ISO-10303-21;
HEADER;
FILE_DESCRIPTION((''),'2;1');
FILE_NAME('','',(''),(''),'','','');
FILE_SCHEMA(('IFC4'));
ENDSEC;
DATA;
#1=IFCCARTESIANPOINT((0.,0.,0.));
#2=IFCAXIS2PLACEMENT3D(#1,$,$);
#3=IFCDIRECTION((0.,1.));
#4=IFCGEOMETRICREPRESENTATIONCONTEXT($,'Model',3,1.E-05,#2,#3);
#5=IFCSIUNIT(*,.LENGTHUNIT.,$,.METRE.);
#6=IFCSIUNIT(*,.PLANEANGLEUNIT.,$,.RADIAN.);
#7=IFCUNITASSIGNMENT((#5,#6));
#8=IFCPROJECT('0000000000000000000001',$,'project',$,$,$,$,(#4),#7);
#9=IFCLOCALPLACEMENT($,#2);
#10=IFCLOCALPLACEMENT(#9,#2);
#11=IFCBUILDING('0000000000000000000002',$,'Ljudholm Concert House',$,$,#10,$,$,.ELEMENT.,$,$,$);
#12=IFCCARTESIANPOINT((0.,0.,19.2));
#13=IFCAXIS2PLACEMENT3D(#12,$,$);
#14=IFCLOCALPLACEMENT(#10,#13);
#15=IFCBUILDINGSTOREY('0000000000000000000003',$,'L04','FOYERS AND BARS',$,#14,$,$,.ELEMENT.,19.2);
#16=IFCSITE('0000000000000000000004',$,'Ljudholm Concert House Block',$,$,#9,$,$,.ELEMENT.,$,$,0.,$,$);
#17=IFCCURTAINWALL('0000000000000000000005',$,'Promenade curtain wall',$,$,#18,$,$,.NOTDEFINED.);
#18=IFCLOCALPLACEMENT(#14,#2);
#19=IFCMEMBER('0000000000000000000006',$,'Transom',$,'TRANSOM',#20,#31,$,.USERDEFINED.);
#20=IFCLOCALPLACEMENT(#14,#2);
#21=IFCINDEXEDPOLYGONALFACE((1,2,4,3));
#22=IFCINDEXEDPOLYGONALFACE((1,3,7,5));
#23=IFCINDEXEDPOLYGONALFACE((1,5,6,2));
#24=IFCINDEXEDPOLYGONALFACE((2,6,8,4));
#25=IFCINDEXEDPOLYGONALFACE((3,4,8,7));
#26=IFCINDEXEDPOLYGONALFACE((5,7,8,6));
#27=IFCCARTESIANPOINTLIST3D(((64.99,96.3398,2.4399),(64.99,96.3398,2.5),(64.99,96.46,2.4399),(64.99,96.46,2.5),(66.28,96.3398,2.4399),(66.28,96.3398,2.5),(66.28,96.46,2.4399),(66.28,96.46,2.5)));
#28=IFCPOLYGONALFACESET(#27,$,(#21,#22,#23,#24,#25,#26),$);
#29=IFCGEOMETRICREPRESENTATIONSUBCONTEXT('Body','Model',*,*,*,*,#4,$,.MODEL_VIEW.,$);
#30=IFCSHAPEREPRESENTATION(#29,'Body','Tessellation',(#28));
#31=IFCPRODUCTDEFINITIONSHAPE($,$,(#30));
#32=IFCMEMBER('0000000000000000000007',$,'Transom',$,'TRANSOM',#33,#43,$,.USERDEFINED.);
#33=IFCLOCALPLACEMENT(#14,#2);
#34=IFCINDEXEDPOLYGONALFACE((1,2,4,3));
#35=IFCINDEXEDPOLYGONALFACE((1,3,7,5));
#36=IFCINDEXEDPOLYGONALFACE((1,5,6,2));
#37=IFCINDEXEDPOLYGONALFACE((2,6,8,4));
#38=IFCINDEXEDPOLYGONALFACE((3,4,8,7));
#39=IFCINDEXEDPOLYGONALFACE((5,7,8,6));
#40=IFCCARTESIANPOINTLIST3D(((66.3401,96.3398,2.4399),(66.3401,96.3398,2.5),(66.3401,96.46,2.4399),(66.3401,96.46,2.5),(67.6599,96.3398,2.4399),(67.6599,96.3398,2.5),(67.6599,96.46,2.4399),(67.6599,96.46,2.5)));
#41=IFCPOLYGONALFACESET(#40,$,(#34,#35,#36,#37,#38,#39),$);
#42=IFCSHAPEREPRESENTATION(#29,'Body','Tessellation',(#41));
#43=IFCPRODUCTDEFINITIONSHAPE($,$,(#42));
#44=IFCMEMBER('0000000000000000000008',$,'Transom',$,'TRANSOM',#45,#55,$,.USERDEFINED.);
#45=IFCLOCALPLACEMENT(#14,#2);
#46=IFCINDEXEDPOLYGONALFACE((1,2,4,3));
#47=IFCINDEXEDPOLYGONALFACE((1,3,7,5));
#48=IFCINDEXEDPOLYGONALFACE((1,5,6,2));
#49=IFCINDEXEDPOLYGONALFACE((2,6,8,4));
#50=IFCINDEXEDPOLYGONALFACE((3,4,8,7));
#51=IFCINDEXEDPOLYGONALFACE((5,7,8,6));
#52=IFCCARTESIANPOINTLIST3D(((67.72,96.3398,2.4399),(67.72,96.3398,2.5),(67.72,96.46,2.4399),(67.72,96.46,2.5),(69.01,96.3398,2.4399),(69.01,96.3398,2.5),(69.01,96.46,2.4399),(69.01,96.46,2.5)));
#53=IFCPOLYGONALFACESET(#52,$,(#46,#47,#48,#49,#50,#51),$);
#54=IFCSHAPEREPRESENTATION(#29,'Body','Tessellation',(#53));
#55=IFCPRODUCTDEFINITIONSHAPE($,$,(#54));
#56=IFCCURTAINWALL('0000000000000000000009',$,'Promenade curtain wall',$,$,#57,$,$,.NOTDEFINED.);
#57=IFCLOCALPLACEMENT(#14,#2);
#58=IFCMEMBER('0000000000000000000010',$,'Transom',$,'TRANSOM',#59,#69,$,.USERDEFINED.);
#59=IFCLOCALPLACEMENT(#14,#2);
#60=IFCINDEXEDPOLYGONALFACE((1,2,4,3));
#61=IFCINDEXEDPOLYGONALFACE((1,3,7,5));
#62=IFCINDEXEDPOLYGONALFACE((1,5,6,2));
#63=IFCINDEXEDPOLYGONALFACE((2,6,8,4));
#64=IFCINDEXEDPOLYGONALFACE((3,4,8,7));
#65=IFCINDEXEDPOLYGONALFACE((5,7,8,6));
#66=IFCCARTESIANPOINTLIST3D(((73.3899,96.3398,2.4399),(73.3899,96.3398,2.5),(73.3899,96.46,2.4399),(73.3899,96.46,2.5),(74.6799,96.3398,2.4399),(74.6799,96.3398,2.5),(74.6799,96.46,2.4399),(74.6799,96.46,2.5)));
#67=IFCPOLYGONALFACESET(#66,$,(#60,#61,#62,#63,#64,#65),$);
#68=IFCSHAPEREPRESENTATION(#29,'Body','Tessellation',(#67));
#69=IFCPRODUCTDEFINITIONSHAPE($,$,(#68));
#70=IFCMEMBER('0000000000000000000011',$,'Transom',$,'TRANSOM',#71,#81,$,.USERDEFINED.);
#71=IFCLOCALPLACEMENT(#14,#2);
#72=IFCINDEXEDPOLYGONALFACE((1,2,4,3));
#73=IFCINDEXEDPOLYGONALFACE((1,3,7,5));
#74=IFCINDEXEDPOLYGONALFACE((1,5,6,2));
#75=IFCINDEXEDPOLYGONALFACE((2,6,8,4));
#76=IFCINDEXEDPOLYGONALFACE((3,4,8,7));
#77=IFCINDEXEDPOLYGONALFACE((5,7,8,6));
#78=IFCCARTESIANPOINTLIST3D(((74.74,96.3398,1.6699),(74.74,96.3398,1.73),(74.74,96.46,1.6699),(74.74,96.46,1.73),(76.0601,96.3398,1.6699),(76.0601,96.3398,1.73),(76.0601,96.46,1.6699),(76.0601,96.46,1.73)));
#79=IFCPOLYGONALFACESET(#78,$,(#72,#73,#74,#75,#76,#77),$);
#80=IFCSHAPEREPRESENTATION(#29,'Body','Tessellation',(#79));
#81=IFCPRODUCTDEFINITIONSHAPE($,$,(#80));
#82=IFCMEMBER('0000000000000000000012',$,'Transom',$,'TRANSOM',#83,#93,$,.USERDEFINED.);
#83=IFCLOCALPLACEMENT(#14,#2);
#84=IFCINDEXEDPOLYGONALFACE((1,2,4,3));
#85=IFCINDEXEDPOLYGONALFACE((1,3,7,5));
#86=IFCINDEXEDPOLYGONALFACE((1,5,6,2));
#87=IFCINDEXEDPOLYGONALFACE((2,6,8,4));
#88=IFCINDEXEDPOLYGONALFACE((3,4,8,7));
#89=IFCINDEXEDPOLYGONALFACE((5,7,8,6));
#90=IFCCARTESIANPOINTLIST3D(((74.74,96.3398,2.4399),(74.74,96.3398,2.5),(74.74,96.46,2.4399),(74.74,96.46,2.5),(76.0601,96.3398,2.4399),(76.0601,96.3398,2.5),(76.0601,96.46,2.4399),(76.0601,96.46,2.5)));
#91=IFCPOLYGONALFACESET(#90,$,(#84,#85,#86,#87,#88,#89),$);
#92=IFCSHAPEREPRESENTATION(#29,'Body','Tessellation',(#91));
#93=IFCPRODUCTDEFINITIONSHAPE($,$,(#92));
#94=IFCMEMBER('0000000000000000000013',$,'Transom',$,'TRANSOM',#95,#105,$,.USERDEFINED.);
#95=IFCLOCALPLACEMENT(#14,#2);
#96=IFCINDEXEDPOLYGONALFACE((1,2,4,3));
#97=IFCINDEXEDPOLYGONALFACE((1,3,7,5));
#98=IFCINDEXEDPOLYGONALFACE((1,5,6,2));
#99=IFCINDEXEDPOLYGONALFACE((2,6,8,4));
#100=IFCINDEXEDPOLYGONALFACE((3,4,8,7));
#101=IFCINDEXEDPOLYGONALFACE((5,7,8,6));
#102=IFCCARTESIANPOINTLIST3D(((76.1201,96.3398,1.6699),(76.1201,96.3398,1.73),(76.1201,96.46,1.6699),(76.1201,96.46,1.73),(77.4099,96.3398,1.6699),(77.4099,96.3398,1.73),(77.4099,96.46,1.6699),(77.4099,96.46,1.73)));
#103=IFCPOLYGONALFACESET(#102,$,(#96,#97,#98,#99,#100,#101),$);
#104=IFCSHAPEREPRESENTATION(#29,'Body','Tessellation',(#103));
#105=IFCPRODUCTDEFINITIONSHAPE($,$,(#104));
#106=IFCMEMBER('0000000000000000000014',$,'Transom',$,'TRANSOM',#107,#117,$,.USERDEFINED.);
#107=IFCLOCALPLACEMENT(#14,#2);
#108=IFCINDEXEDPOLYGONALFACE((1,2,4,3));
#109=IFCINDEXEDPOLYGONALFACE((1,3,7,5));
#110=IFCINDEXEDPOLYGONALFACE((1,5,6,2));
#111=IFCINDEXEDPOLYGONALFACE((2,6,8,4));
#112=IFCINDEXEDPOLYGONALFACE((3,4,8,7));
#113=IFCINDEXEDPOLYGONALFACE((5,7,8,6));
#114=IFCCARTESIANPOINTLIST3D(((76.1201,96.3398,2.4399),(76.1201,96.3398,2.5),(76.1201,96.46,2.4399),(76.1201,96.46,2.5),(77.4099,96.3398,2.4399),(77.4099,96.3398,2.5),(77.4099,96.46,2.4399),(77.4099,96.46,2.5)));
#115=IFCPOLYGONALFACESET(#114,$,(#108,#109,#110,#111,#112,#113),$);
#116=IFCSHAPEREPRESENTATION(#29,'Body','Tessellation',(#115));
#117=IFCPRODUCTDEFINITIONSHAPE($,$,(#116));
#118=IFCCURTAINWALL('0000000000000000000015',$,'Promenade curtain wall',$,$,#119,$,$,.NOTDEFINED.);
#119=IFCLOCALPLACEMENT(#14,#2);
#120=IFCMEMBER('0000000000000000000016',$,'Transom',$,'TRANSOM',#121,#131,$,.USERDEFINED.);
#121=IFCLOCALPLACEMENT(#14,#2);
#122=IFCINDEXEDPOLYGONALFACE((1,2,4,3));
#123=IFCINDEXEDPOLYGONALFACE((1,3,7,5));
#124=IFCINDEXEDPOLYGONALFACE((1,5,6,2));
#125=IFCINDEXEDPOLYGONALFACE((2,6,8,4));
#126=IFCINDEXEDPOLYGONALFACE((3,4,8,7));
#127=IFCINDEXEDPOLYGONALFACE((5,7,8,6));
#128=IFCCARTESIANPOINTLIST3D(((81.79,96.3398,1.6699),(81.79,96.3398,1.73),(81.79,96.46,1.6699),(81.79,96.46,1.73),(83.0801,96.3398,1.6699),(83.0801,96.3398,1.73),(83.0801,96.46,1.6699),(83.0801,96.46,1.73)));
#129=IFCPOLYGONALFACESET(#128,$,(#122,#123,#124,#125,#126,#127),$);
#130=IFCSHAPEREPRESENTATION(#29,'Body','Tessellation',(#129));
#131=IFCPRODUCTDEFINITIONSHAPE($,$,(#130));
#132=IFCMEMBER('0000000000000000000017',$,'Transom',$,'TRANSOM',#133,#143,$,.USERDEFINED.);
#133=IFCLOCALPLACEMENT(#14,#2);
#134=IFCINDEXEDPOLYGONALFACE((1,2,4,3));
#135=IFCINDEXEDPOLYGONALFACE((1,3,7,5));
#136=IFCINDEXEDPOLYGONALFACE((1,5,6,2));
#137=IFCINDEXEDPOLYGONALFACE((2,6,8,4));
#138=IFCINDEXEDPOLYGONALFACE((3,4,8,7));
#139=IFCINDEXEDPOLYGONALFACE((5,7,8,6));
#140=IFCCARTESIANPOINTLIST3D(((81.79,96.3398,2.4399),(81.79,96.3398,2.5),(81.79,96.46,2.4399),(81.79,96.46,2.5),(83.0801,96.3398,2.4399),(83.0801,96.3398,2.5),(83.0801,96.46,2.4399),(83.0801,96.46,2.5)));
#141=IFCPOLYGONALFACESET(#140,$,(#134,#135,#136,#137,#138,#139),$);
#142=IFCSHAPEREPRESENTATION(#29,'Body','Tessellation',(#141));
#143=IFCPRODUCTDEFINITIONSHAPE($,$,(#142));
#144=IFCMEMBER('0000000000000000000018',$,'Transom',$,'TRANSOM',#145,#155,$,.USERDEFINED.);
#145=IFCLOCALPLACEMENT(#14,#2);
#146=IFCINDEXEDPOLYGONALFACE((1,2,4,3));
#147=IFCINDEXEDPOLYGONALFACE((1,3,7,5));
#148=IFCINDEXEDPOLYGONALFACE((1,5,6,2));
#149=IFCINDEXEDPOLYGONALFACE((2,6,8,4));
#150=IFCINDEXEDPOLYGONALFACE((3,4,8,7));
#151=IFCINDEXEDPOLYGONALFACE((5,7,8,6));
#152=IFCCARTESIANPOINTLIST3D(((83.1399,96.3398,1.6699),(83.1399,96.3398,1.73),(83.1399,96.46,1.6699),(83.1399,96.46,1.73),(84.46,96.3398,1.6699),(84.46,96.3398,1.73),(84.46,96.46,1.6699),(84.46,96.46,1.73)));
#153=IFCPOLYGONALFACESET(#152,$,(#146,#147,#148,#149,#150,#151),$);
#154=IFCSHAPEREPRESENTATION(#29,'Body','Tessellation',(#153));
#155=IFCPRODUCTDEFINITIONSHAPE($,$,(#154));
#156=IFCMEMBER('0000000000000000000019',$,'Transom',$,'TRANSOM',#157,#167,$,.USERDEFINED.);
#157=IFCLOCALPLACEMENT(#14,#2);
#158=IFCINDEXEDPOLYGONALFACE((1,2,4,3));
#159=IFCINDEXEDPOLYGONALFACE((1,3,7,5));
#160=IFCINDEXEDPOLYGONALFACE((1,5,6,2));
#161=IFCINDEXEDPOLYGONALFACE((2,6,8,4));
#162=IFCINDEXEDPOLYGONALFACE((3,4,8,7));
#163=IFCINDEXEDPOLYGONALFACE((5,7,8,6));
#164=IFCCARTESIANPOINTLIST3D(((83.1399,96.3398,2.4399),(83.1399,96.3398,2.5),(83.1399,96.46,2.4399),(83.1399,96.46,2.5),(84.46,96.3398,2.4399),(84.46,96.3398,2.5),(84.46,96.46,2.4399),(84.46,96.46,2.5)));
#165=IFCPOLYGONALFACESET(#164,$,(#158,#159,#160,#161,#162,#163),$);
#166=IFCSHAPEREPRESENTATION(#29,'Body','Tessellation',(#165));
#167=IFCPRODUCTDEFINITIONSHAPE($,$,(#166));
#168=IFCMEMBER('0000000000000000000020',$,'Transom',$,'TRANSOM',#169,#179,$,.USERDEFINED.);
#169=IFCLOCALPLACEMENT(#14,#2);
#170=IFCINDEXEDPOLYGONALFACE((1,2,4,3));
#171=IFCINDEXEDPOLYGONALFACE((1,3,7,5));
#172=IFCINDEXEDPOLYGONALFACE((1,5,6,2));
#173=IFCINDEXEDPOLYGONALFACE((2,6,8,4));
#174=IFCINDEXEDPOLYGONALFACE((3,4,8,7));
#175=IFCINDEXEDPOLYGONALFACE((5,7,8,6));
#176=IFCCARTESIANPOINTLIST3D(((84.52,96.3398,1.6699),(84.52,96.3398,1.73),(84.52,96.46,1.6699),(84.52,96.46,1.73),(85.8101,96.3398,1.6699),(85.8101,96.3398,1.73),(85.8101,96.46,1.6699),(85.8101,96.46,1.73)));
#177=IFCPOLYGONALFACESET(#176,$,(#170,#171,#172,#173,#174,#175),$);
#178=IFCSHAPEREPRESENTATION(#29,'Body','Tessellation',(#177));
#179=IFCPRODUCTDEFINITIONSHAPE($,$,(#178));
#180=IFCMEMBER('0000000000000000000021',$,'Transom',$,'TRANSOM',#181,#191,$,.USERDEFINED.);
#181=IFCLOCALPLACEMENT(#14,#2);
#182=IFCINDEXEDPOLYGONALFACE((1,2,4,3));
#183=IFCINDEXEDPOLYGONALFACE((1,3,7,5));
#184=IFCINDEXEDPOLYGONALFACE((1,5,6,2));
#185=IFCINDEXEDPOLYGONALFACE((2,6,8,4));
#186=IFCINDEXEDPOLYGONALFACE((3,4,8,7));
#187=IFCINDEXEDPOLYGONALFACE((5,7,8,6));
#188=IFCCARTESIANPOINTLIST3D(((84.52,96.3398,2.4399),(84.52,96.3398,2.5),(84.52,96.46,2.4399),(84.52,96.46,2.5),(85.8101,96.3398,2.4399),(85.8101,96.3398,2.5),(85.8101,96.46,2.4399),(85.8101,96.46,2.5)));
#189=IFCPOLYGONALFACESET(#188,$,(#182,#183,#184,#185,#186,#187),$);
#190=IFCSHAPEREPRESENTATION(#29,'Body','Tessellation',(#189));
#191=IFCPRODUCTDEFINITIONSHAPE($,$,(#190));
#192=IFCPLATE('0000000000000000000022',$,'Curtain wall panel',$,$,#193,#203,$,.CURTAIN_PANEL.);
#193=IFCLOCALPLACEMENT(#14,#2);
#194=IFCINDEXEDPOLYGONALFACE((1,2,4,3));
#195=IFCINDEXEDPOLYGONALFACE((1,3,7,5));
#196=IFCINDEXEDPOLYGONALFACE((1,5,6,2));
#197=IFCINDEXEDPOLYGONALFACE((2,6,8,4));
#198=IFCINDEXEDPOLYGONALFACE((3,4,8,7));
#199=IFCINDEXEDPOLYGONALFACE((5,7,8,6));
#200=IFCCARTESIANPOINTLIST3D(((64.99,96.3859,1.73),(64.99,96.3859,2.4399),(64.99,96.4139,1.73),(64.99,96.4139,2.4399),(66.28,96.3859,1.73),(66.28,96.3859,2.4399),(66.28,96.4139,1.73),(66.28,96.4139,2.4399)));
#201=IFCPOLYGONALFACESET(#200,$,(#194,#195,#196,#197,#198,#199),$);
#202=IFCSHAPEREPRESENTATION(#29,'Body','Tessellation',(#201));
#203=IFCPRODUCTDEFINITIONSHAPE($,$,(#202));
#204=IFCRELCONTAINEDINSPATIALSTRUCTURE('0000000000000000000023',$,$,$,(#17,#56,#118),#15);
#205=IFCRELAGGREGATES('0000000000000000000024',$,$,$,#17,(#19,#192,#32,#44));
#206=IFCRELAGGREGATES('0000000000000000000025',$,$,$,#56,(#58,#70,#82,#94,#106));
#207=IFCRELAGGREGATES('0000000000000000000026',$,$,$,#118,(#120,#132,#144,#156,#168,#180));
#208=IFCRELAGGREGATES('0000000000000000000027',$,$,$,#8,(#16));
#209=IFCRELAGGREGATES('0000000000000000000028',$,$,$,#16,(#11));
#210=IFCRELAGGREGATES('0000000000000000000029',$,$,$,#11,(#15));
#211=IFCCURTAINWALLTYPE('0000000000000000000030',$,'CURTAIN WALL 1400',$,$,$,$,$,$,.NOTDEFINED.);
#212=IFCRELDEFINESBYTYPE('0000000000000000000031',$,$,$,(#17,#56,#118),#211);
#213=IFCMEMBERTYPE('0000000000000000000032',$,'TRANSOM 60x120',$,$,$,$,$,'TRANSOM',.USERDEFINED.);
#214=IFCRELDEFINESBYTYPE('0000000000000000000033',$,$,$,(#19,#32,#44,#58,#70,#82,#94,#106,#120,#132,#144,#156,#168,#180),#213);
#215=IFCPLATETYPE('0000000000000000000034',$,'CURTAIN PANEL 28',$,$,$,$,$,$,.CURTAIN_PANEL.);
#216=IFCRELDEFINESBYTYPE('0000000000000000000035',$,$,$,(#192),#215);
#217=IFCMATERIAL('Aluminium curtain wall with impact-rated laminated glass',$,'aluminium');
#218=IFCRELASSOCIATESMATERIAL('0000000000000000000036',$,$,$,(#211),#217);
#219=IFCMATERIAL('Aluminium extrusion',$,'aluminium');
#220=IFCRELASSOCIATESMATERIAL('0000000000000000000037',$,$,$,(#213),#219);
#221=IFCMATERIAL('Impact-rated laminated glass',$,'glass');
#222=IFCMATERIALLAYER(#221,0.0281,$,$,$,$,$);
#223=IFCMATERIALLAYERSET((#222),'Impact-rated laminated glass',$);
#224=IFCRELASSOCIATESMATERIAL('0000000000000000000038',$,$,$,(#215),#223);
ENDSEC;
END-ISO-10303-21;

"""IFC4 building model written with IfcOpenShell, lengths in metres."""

from ifc_helpers import new_model, si_unit, direction, frame, origin, origin_2d, place, context, subcontext, project, spatial, rectangle, extrude, material, layer, layer_set, material_profile, profile_set, type_object, element, aggregate, save


model = new_model("IFC4")

# Units and contexts
model_context = context("Model", 3, precision=1e-05, world=origin(), true_north=direction((0.0, 1.0)))
body_context = subcontext(model_context, "Body", "Model", "MODEL_VIEW")
ifc_project = project(units=[si_unit("LENGTHUNIT", "METRE"), si_unit("PLANEANGLEUNIT", "RADIAN")], contexts=[model_context])

# Site, building, storey
site_placement = place(None, origin())
site = spatial("IfcSite", under=ifc_project, at=site_placement, Name="Ljudholm Concert House Block", CompositionType="ELEMENT", RefElevation=0.0)
building_placement = place(site_placement, origin())
building = spatial("IfcBuilding", under=site, at=building_placement, Name="Ljudholm Concert House", CompositionType="ELEMENT")
storey_placement = place(building_placement, frame((0.0, 0.0, 19.2)))
storey = spatial("IfcBuildingStorey", under=building, at=storey_placement, Name="L04", Description="FOYERS AND BARS", CompositionType="ELEMENT", Elevation=19.2)

# Curtain walls, members
ifc_material_1 = material(Name="Aluminium curtain wall with impact-rated laminated glass", Category="aluminium")
curtain_wall_type = type_object("IfcCurtainWallType", Name="CURTAIN WALL 1400", PredefinedType="NOTDEFINED", material=ifc_material_1)
curtain_wall_1_placement = place(storey_placement, origin())
curtain_wall_1 = element("IfcCurtainWall", 1, at=curtain_wall_1_placement, inside=storey, type_object=curtain_wall_type, Name="Promenade curtain wall", PredefinedType="NOTDEFINED")
ifc_material_2 = material(Name="Aluminium extrusion", Category="aluminium")
ifc_material_profile = material_profile(ifc_material_2, rectangle(XDim=0.1201, YDim=0.0601, at=origin_2d()), Name="TRANSOM 60x120")
ifc_profile_set = profile_set([ifc_material_profile], Name="Aluminium extrusion")
member_type = type_object("IfcMemberType", Name="TRANSOM 60x120", ElementType="TRANSOM", PredefinedType="USERDEFINED", material=ifc_profile_set)
member_1_placement = place(storey_placement, frame((64.99, 96.3999, 2.47), z_axis=(1.0, 0.0, 0.0), x_axis=(0.0, 1.0, 0.0)))
member_1 = element("IfcMember", 2, at=member_1_placement, type_object=member_type, Name="Transom", ObjectType="TRANSOM", PredefinedType="USERDEFINED", context=body_context, shape_type="SweptSolid", body=[
    extrude(rectangle(XDim=0.1201, YDim=0.0601, at=origin_2d()), origin(), (0.0, 0.0, 1.0), 1.29),
])
member_2_placement = place(storey_placement, frame((66.3401, 96.3999, 2.47), z_axis=(1.0, 0.0, 0.0), x_axis=(0.0, 1.0, 0.0)))
member_2 = element("IfcMember", 3, at=member_2_placement, type_object=member_type, Name="Transom", ObjectType="TRANSOM", PredefinedType="USERDEFINED", context=body_context, shape_type="SweptSolid", body=[
    extrude(rectangle(XDim=0.1201, YDim=0.0601, at=origin_2d()), origin(), (0.0, 0.0, 1.0), 1.3198),
])
member_3_placement = place(storey_placement, frame((67.72, 96.3999, 2.47), z_axis=(1.0, 0.0, 0.0), x_axis=(0.0, 1.0, 0.0)))
member_3 = element("IfcMember", 4, at=member_3_placement, type_object=member_type, Name="Transom", ObjectType="TRANSOM", PredefinedType="USERDEFINED", context=body_context, shape_type="SweptSolid", body=[
    extrude(rectangle(XDim=0.1201, YDim=0.0601, at=origin_2d()), origin(), (0.0, 0.0, 1.0), 1.29),
])
curtain_wall_2_placement = place(storey_placement, origin())
curtain_wall_2 = element("IfcCurtainWall", 5, at=curtain_wall_2_placement, inside=storey, type_object=curtain_wall_type, Name="Promenade curtain wall", PredefinedType="NOTDEFINED")
member_4_placement = place(storey_placement, frame((73.3899, 96.3999, 2.47), z_axis=(1.0, 0.0, 0.0), x_axis=(0.0, 1.0, 0.0)))
member_4 = element("IfcMember", 6, at=member_4_placement, type_object=member_type, Name="Transom", ObjectType="TRANSOM", PredefinedType="USERDEFINED", context=body_context, shape_type="SweptSolid", body=[
    extrude(rectangle(XDim=0.1201, YDim=0.0601, at=origin_2d()), origin(), (0.0, 0.0, 1.0), 1.29),
])
member_5_placement = place(storey_placement, frame((74.74, 96.3999, 1.7), z_axis=(1.0, 0.0, 0.0), x_axis=(0.0, 1.0, 0.0)))
member_5 = element("IfcMember", 7, at=member_5_placement, type_object=member_type, Name="Transom", ObjectType="TRANSOM", PredefinedType="USERDEFINED", context=body_context, shape_type="SweptSolid", body=[
    extrude(rectangle(XDim=0.1201, YDim=0.0601, at=origin_2d()), origin(), (0.0, 0.0, 1.0), 1.3201),
])
member_6_placement = place(storey_placement, frame((74.74, 96.3999, 2.47), z_axis=(1.0, 0.0, 0.0), x_axis=(0.0, 1.0, 0.0)))
member_6 = element("IfcMember", 8, at=member_6_placement, type_object=member_type, Name="Transom", ObjectType="TRANSOM", PredefinedType="USERDEFINED", context=body_context, shape_type="SweptSolid", body=[
    extrude(rectangle(XDim=0.1201, YDim=0.0601, at=origin_2d()), origin(), (0.0, 0.0, 1.0), 1.3201),
])
member_7_placement = place(storey_placement, frame((76.1201, 96.3999, 1.7), z_axis=(1.0, 0.0, 0.0), x_axis=(0.0, 1.0, 0.0)))
member_7 = element("IfcMember", 9, at=member_7_placement, type_object=member_type, Name="Transom", ObjectType="TRANSOM", PredefinedType="USERDEFINED", context=body_context, shape_type="SweptSolid", body=[
    extrude(rectangle(XDim=0.1201, YDim=0.0601, at=origin_2d()), origin(), (0.0, 0.0, 1.0), 1.2898),
])
member_8_placement = place(storey_placement, frame((76.1201, 96.3999, 2.47), z_axis=(1.0, 0.0, 0.0), x_axis=(0.0, 1.0, 0.0)))
member_8 = element("IfcMember", 10, at=member_8_placement, type_object=member_type, Name="Transom", ObjectType="TRANSOM", PredefinedType="USERDEFINED", context=body_context, shape_type="SweptSolid", body=[
    extrude(rectangle(XDim=0.1201, YDim=0.0601, at=origin_2d()), origin(), (0.0, 0.0, 1.0), 1.2898),
])
curtain_wall_3_placement = place(storey_placement, origin())
curtain_wall_3 = element("IfcCurtainWall", 11, at=curtain_wall_3_placement, inside=storey, type_object=curtain_wall_type, Name="Promenade curtain wall", PredefinedType="NOTDEFINED")
member_9_placement = place(storey_placement, frame((81.79, 96.3999, 1.7), z_axis=(1.0, 0.0, 0.0), x_axis=(0.0, 1.0, 0.0)))
member_9 = element("IfcMember", 12, at=member_9_placement, type_object=member_type, Name="Transom", ObjectType="TRANSOM", PredefinedType="USERDEFINED", context=body_context, shape_type="SweptSolid", body=[
    extrude(rectangle(XDim=0.1201, YDim=0.0601, at=origin_2d()), origin(), (0.0, 0.0, 1.0), 1.29),
])
member_10_placement = place(storey_placement, frame((81.79, 96.3999, 2.47), z_axis=(1.0, 0.0, 0.0), x_axis=(0.0, 1.0, 0.0)))
member_10 = element("IfcMember", 13, at=member_10_placement, type_object=member_type, Name="Transom", ObjectType="TRANSOM", PredefinedType="USERDEFINED", context=body_context, shape_type="SweptSolid", body=[
    extrude(rectangle(XDim=0.1201, YDim=0.0601, at=origin_2d()), origin(), (0.0, 0.0, 1.0), 1.29),
])
member_11_placement = place(storey_placement, frame((83.1399, 96.3999, 1.7), z_axis=(1.0, 0.0, 0.0), x_axis=(0.0, 1.0, 0.0)))
member_11 = element("IfcMember", 14, at=member_11_placement, type_object=member_type, Name="Transom", ObjectType="TRANSOM", PredefinedType="USERDEFINED", context=body_context, shape_type="SweptSolid", body=[
    extrude(rectangle(XDim=0.1201, YDim=0.0601, at=origin_2d()), origin(), (0.0, 0.0, 1.0), 1.3201),
])
member_12_placement = place(storey_placement, frame((83.1399, 96.3999, 2.47), z_axis=(1.0, 0.0, 0.0), x_axis=(0.0, 1.0, 0.0)))
member_12 = element("IfcMember", 15, at=member_12_placement, type_object=member_type, Name="Transom", ObjectType="TRANSOM", PredefinedType="USERDEFINED", context=body_context, shape_type="SweptSolid", body=[
    extrude(rectangle(XDim=0.1201, YDim=0.0601, at=origin_2d()), origin(), (0.0, 0.0, 1.0), 1.3201),
])
member_13_placement = place(storey_placement, frame((84.52, 96.3999, 1.7), z_axis=(1.0, 0.0, 0.0), x_axis=(0.0, 1.0, 0.0)))
member_13 = element("IfcMember", 16, at=member_13_placement, type_object=member_type, Name="Transom", ObjectType="TRANSOM", PredefinedType="USERDEFINED", context=body_context, shape_type="SweptSolid", body=[
    extrude(rectangle(XDim=0.1201, YDim=0.0601, at=origin_2d()), origin(), (0.0, 0.0, 1.0), 1.29),
])
member_14_placement = place(storey_placement, frame((84.52, 96.3999, 2.47), z_axis=(1.0, 0.0, 0.0), x_axis=(0.0, 1.0, 0.0)))
member_14 = element("IfcMember", 17, at=member_14_placement, type_object=member_type, Name="Transom", ObjectType="TRANSOM", PredefinedType="USERDEFINED", context=body_context, shape_type="SweptSolid", body=[
    extrude(rectangle(XDim=0.1201, YDim=0.0601, at=origin_2d()), origin(), (0.0, 0.0, 1.0), 1.29),
])

# Plate
ifc_material_3 = material(Name="Impact-rated laminated glass", Category="glass")
ifc_layer_1 = layer(ifc_material_3, 0.0281)
ifc_layer_set_1 = layer_set([ifc_layer_1], Name="Impact-rated laminated glass")
plate_type = type_object("IfcPlateType", Name="CURTAIN PANEL 28", PredefinedType="CURTAIN_PANEL", material=ifc_layer_set_1)
plate_1_placement = place(storey_placement, frame((65.635, 96.3999, 1.73), z_axis=(0.0, 0.0, 1.0), x_axis=(1.0, 0.0, 0.0)))
plate_1 = element("IfcPlate", 18, at=plate_1_placement, type_object=plate_type, Name="Curtain wall panel", PredefinedType="CURTAIN_PANEL", context=body_context, shape_type="SweptSolid", body=[
    extrude(rectangle(XDim=1.29, YDim=0.0281, at=origin_2d()), origin(), (0.0, 0.0, 1.0), 0.71),
])
aggregate(curtain_wall_1, [member_1, plate_1, member_2, member_3])
aggregate(curtain_wall_2, [member_4, member_5, member_6, member_7, member_8])
aggregate(curtain_wall_3, [member_9, member_10, member_11, member_12, member_13, member_14])

save(model, "model.ifc")
